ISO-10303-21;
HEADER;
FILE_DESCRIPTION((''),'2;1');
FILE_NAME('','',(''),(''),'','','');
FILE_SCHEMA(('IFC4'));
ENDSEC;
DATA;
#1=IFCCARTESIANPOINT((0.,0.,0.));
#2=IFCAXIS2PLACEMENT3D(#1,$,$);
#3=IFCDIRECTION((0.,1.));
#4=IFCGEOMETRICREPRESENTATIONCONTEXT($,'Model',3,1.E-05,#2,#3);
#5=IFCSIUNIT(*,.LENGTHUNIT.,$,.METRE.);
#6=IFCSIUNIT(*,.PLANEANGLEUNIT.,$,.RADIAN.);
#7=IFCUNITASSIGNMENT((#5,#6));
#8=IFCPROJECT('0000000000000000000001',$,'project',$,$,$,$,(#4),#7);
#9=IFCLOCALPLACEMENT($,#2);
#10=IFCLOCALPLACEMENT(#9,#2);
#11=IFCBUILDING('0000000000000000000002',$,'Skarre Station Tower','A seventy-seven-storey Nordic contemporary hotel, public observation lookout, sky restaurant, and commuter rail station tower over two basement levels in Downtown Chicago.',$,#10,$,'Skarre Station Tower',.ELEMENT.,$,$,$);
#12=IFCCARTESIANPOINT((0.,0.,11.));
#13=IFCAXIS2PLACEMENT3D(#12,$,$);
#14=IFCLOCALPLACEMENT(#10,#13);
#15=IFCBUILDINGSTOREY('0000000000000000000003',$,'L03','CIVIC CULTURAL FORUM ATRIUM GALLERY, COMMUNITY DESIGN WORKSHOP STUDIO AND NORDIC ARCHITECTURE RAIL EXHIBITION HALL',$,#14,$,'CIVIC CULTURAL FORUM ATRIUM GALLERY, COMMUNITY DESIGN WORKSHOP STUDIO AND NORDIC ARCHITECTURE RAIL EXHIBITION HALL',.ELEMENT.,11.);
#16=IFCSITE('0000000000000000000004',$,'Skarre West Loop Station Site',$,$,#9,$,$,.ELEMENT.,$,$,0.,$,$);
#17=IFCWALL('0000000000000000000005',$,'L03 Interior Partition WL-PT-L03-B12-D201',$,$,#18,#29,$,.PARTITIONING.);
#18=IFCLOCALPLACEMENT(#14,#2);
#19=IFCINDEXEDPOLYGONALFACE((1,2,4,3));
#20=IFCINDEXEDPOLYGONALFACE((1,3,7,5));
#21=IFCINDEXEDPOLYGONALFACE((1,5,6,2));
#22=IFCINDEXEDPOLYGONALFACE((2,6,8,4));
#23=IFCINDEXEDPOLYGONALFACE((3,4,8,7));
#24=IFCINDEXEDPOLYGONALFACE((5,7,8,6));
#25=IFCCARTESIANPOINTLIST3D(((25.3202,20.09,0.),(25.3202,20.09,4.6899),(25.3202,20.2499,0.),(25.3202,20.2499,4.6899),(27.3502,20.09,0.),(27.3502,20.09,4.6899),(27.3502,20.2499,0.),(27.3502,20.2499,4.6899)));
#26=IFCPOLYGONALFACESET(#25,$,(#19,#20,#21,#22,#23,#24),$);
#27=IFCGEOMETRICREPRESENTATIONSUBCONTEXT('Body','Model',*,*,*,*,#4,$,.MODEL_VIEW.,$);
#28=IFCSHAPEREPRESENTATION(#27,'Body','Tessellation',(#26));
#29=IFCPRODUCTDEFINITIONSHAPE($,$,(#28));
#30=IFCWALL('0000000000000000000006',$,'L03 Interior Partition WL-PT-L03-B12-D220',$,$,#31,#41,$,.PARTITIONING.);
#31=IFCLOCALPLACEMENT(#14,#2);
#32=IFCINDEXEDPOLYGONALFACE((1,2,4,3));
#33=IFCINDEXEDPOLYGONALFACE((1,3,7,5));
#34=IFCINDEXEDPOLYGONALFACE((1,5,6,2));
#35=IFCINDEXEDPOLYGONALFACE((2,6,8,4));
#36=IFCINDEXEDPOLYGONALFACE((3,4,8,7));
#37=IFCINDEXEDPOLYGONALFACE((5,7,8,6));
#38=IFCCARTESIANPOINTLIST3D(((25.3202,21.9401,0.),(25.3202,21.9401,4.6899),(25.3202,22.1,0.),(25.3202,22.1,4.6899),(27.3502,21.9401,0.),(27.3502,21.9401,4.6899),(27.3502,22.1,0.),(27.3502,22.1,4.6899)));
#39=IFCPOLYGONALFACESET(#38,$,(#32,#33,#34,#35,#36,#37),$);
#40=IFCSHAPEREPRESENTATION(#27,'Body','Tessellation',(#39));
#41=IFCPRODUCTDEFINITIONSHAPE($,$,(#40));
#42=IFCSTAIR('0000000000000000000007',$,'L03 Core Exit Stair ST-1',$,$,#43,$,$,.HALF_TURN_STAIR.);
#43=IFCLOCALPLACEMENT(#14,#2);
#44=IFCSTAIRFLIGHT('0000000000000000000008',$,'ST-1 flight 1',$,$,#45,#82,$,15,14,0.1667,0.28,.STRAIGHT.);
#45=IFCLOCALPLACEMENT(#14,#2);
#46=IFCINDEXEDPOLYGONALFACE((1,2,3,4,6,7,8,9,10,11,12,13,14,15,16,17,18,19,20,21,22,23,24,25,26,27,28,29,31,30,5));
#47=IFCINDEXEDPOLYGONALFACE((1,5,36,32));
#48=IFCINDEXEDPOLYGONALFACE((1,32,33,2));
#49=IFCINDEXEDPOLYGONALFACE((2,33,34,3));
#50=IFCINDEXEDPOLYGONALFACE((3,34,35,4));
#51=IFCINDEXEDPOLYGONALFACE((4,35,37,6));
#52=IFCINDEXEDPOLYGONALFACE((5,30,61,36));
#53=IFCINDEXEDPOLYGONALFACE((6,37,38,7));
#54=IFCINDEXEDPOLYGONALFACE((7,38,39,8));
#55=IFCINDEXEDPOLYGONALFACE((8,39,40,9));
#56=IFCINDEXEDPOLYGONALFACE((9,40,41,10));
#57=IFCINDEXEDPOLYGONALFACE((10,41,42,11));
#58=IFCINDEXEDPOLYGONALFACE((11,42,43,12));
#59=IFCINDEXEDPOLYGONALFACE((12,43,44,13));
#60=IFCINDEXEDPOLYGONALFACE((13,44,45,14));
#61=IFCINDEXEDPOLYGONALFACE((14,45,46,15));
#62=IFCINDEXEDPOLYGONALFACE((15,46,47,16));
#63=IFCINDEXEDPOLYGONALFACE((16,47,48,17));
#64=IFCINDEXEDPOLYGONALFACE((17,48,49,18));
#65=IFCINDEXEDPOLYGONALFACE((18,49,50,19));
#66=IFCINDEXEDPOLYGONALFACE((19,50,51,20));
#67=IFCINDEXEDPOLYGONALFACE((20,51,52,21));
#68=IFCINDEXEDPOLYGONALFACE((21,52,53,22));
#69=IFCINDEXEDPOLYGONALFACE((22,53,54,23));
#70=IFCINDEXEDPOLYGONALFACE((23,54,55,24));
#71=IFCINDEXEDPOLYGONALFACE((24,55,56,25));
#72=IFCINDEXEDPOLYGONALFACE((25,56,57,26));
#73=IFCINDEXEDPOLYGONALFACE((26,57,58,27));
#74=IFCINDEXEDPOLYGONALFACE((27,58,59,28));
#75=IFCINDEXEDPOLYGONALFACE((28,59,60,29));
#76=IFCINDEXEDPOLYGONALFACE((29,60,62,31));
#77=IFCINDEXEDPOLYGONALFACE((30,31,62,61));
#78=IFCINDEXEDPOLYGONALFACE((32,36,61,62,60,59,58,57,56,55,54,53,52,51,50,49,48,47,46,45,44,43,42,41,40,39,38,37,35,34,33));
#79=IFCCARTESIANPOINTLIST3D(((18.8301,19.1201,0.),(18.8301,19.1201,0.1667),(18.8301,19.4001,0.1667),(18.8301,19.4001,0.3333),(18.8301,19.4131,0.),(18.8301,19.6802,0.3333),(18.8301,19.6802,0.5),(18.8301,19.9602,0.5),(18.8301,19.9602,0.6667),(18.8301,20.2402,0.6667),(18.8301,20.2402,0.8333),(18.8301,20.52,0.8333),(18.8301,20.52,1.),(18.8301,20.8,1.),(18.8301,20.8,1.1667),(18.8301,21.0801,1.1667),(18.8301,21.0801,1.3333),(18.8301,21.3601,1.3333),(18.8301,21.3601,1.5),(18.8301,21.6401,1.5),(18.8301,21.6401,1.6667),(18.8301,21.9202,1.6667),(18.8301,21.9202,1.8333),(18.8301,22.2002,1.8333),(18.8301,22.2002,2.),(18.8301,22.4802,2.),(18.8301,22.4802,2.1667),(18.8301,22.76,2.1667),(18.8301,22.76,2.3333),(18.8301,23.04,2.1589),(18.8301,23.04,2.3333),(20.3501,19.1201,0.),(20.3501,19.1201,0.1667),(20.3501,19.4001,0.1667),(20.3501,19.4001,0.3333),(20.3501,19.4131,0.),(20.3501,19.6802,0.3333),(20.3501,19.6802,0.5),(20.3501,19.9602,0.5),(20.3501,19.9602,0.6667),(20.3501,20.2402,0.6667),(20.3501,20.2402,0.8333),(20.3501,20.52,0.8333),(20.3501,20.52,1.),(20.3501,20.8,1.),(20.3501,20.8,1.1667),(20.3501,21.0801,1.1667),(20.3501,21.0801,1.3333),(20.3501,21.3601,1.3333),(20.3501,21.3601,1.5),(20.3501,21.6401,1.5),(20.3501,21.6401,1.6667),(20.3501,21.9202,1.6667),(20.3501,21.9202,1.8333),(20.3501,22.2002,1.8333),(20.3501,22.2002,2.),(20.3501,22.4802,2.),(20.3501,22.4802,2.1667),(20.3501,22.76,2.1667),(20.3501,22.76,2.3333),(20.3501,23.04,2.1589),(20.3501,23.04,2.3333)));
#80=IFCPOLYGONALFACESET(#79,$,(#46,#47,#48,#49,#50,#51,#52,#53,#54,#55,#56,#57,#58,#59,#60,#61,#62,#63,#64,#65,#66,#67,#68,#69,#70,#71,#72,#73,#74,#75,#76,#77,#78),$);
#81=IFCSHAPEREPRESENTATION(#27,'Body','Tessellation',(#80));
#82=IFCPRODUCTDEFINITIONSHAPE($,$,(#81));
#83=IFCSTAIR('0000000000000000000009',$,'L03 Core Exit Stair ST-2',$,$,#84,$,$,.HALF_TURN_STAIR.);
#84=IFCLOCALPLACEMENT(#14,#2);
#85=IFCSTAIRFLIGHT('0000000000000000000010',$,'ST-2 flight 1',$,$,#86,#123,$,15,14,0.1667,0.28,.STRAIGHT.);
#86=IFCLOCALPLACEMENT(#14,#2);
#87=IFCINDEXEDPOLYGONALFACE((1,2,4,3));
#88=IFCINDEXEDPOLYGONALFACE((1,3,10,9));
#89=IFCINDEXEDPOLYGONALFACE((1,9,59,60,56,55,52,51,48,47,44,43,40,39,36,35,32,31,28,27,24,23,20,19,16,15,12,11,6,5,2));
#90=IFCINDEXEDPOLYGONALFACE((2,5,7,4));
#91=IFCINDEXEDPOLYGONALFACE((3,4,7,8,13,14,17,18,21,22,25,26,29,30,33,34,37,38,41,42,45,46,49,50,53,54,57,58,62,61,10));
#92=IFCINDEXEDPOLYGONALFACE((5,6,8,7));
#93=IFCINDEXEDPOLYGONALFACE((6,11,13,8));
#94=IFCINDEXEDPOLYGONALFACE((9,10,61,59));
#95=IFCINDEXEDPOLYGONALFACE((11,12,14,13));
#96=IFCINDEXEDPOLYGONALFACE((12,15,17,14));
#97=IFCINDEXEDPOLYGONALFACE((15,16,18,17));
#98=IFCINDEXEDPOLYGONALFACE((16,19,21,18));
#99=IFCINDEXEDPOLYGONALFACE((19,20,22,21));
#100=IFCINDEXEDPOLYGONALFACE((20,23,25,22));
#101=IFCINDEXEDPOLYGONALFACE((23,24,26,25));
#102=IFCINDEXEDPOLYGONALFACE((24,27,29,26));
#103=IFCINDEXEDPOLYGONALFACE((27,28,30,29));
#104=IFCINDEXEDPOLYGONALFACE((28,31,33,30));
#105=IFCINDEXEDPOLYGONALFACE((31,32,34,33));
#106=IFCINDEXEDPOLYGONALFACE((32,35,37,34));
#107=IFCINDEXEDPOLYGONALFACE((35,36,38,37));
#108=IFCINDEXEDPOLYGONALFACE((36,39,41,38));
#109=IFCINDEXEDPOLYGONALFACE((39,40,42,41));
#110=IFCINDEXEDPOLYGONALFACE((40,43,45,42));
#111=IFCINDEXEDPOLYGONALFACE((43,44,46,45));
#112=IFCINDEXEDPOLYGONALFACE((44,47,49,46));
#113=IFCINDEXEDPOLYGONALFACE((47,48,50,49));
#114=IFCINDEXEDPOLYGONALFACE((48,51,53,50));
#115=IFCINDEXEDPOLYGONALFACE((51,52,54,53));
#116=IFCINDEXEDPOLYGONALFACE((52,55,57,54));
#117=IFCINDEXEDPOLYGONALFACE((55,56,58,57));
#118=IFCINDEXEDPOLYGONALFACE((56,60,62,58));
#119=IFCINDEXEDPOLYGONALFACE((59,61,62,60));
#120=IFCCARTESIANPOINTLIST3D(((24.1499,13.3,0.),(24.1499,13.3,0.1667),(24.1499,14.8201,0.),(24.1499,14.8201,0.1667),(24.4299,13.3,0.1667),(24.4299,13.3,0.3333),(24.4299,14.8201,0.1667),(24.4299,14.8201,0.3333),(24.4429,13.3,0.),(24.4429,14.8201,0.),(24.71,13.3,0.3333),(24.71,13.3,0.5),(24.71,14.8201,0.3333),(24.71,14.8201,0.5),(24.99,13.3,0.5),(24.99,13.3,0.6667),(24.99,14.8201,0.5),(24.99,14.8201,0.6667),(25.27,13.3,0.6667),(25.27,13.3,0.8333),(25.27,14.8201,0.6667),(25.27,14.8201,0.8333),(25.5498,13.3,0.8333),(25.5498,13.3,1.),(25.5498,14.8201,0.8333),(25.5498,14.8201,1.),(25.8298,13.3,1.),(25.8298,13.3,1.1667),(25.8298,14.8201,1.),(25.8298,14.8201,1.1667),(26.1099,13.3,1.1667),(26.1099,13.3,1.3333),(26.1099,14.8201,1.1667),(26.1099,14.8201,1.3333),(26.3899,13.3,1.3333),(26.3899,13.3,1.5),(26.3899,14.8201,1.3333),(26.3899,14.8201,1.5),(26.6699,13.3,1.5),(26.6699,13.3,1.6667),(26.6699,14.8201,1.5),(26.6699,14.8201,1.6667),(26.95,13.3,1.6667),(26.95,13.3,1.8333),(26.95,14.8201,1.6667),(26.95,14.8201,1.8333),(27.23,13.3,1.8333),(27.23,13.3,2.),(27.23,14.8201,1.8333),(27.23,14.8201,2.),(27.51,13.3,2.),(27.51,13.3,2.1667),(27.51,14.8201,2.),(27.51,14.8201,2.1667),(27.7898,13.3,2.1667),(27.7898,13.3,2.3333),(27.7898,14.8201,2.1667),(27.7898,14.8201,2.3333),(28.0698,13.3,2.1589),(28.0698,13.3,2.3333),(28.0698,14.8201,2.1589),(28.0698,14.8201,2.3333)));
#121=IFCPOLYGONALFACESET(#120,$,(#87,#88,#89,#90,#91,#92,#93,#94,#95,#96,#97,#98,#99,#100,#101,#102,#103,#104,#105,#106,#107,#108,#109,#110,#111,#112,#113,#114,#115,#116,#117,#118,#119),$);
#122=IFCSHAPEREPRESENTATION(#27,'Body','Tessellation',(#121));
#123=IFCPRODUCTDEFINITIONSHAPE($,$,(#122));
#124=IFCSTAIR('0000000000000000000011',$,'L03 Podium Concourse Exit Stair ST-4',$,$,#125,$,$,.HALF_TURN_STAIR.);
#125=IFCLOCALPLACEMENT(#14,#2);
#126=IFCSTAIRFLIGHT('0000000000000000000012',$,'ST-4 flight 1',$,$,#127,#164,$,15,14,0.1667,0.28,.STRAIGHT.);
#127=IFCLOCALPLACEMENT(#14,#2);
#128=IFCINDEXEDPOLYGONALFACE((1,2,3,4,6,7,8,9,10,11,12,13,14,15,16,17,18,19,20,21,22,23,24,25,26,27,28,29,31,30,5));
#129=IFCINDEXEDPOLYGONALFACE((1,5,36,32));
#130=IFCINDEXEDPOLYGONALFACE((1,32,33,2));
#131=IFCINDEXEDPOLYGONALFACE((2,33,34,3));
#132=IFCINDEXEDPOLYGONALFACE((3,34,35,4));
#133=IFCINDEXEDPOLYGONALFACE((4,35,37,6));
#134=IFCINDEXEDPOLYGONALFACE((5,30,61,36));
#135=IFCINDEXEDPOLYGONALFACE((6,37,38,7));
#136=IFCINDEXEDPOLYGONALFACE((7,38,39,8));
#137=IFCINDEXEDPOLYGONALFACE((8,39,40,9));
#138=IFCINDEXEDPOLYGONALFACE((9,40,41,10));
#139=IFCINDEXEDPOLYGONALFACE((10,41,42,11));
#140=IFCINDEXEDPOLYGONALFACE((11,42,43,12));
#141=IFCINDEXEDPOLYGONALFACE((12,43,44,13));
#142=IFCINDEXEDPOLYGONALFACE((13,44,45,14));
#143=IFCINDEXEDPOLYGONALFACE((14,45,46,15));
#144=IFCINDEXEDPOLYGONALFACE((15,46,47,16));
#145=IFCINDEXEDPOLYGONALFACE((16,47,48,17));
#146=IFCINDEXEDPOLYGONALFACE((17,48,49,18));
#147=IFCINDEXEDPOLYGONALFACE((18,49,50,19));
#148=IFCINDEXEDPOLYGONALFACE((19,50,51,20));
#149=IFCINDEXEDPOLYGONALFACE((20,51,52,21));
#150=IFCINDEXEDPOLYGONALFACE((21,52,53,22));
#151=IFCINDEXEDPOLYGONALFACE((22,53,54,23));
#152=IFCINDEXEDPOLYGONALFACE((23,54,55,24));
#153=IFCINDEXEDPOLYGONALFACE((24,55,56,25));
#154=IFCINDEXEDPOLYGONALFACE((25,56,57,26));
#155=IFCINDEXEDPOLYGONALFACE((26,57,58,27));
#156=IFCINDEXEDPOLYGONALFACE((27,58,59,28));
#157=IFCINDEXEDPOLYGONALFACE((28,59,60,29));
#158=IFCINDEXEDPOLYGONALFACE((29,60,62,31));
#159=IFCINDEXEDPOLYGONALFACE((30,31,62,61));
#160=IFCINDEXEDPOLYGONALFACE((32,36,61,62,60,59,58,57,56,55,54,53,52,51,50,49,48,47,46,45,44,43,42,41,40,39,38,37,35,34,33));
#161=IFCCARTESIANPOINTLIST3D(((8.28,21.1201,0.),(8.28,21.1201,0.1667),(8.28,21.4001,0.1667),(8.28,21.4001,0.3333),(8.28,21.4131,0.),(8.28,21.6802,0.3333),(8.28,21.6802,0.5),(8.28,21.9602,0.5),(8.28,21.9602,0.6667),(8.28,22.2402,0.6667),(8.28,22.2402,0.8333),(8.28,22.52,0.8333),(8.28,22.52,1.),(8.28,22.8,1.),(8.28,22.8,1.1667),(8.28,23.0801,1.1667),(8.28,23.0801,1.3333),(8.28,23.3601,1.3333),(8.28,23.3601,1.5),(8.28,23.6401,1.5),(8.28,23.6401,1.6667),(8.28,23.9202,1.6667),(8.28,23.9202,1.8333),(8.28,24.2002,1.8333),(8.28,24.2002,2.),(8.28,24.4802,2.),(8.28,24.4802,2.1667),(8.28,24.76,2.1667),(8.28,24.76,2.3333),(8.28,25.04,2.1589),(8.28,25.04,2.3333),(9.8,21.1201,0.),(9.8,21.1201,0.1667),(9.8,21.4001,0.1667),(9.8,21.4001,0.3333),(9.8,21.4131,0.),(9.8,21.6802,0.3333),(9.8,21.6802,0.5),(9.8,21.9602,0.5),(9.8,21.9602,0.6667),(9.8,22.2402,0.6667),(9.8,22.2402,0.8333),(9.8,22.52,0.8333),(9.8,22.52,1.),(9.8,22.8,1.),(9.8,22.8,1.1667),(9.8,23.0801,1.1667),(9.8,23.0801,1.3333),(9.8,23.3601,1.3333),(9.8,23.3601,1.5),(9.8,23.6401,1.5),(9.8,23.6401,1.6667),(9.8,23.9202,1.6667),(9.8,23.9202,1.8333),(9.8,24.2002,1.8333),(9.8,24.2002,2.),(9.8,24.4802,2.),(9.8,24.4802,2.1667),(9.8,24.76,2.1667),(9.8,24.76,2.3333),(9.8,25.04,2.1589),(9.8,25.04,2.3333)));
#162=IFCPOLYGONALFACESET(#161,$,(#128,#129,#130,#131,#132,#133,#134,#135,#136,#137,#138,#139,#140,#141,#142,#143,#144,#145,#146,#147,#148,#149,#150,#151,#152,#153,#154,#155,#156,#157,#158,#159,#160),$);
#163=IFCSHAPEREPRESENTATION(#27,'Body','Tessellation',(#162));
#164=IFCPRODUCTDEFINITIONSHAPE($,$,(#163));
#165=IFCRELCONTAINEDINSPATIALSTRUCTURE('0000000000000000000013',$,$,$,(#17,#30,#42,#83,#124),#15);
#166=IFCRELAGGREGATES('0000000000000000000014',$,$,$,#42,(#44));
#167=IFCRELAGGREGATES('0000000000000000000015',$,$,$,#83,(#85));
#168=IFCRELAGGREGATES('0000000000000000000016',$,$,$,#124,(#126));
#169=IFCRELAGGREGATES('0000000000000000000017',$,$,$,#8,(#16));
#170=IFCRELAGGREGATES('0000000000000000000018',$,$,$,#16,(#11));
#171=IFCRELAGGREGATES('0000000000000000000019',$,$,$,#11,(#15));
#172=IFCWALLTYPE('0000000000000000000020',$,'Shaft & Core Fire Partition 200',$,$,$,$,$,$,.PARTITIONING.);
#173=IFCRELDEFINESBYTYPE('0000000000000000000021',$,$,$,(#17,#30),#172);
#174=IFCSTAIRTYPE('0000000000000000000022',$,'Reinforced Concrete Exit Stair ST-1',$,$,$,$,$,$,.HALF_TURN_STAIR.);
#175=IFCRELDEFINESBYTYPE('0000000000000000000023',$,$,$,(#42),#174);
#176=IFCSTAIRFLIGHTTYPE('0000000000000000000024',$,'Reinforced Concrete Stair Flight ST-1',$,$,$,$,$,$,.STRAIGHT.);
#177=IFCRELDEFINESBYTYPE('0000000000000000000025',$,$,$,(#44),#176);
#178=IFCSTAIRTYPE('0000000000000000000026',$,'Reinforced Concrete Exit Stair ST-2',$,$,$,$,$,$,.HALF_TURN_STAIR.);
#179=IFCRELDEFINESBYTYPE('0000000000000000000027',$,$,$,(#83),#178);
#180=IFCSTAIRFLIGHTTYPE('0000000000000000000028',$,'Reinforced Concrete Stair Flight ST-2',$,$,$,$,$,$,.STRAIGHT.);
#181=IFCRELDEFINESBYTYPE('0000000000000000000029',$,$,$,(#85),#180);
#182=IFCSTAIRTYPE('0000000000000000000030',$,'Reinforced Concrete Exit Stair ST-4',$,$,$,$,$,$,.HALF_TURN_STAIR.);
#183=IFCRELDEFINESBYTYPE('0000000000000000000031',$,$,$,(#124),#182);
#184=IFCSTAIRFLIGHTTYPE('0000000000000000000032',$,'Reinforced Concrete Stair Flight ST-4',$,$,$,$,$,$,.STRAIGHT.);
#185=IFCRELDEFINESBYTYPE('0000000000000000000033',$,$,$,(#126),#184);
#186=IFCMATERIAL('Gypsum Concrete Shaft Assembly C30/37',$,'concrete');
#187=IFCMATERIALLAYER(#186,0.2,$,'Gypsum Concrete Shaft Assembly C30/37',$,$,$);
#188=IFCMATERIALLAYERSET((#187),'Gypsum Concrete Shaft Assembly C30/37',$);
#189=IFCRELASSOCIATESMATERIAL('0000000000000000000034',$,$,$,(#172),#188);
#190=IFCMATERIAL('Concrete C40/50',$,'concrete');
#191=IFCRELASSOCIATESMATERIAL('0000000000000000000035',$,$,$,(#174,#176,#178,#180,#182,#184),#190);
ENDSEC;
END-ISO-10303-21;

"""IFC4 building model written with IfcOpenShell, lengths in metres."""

from ifc_helpers import new_model, si_unit, direction, frame, frame_2d, origin, place, context, subcontext, project, spatial, polyline, rectangle, outline, extrude, material, layer, layer_set, type_object, element, aggregate, save


model = new_model("IFC4")

# Units and contexts
model_context = context("Model", 3, precision=1e-05, world=origin(), true_north=direction((0.0, 1.0)))
body_context = subcontext(model_context, "Body", "Model", "MODEL_VIEW")
ifc_project = project(units=[si_unit("LENGTHUNIT", "METRE"), si_unit("PLANEANGLEUNIT", "RADIAN")], contexts=[model_context])

# Site, building, storey
site_placement = place(None, origin())
site = spatial("IfcSite", under=ifc_project, at=site_placement, Name="Skarre West Loop Station Site", CompositionType="ELEMENT", RefElevation=0.0)
building_placement = place(site_placement, origin())
building = spatial("IfcBuilding", under=site, at=building_placement, Name="Skarre Station Tower", Description="A seventy-seven-storey Nordic contemporary hotel, public observation lookout, sky restaurant, and commuter rail station tower over two basement levels in Downtown Chicago.", LongName="Skarre Station Tower", CompositionType="ELEMENT")
storey_placement = place(building_placement, frame((0.0, 0.0, 11.0)))
storey = spatial("IfcBuildingStorey", under=building, at=storey_placement, Name="L03", Description="CIVIC CULTURAL FORUM ATRIUM GALLERY, COMMUNITY DESIGN WORKSHOP STUDIO AND NORDIC ARCHITECTURE RAIL EXHIBITION HALL", LongName="CIVIC CULTURAL FORUM ATRIUM GALLERY, COMMUNITY DESIGN WORKSHOP STUDIO AND NORDIC ARCHITECTURE RAIL EXHIBITION HALL", CompositionType="ELEMENT", Elevation=11.0)

# Walls
ifc_material_1 = material(Name="Gypsum Concrete Shaft Assembly C30/37", Category="concrete")
ifc_layer_1 = layer(ifc_material_1, 0.2, Name="Gypsum Concrete Shaft Assembly C30/37")
ifc_layer_set_1 = layer_set([ifc_layer_1], Name="Gypsum Concrete Shaft Assembly C30/37")
wall_type_1 = type_object("IfcWallType", Name="Shaft & Core Fire Partition 200", PredefinedType="PARTITIONING", material=ifc_layer_set_1)
for number, where, z_axis, x_axis, name in (
    (1, (25.3201, 20.1699, 0.0), (0.0, 0.0, 1.0), (1.0, 0.0, 0.0), "L03 Interior Partition WL-PT-L03-B12-D201"),
    (2, (25.3201, 22.02, 0.0), (0.0, 0.0, 1.0), (1.0, 0.0, 0.0), "L03 Interior Partition WL-PT-L03-B12-D220"),
):
    element("IfcWall", number, at=place(storey_placement, frame(where, z_axis=z_axis, x_axis=x_axis)), inside=storey, type_object=wall_type_1, Name=name, PredefinedType="PARTITIONING", context=body_context, shape_type="SweptSolid", body=[
        extrude(rectangle(XDim=2.03, YDim=0.1599, at=frame_2d((1.0151, 0.0))), origin(), (0.0, 0.0, 1.0), 4.6899),
    ])

# Stairs, stair flights
ifc_material_2 = material(Name="Concrete C40/50", Category="concrete")
stair_type_1 = type_object("IfcStairType", Name="Reinforced Concrete Exit Stair ST-1", PredefinedType="HALF_TURN_STAIR", material=ifc_material_2)
stair_1_placement = place(storey_placement, origin())
stair_1 = element("IfcStair", 3, at=stair_1_placement, inside=storey, type_object=stair_type_1, Name="L03 Core Exit Stair ST-1", PredefinedType="HALF_TURN_STAIR")
stair_flight_type_1 = type_object("IfcStairFlightType", Name="Reinforced Concrete Stair Flight ST-1", PredefinedType="STRAIGHT", material=ifc_material_2)
stair_flight_1_placement = place(storey_placement, frame((19.5901, 19.1201, 0.0), z_axis=(0.0, 0.0, 1.0), x_axis=(0.0, 1.0, 0.0)))
stair_flight_1 = element("IfcStairFlight", 4, at=stair_flight_1_placement, type_object=stair_flight_type_1, Name="ST-1 flight 1", NumberOfRisers=15, NumberOfTreads=14, PredefinedType="STRAIGHT", RiserHeight=0.1667, TreadLength=0.28, context=body_context, shape_type="SweptSolid", body=[
    extrude(outline(polyline([(0.0, 0.0), (0.0, 0.1667), (0.28, 0.1667), (0.28, 0.3333), (0.5601, 0.3333), (0.5601, 0.5), (0.8401, 0.5), (0.8401, 0.6667), (1.1201, 0.6667), (1.1201, 0.8333), (1.3999, 0.8333), (1.3999, 1.0), (1.6799, 1.0), (1.6799, 1.1667), (1.96, 1.1667), (1.96, 1.3333), (2.24, 1.3333), (2.24, 1.5), (2.52, 1.5), (2.52, 1.6667), (2.8, 1.6667), (2.8, 1.8333), (3.0801, 1.8333), (3.0801, 2.0), (3.3601, 2.0), (3.3601, 2.1667), (3.6399, 2.1667), (3.6399, 2.3333), (3.9199, 2.3333), (3.9199, 2.5), (3.9199, 2.1589), (0.293, 0.0), (0.0, 0.0)])), frame((0.0, 0.76, 0.0), z_axis=(0.0, -1.0, 0.0), x_axis=(1.0, 0.0, 0.0)), (0.0, 0.0, 1.0), 1.52),
])
aggregate(stair_1, [stair_flight_1])
stair_type_2 = type_object("IfcStairType", Name="Reinforced Concrete Exit Stair ST-2", PredefinedType="HALF_TURN_STAIR", material=ifc_material_2)
stair_2_placement = place(storey_placement, origin())
stair_2 = element("IfcStair", 5, at=stair_2_placement, inside=storey, type_object=stair_type_2, Name="L03 Core Exit Stair ST-2", PredefinedType="HALF_TURN_STAIR")
stair_flight_type_2 = type_object("IfcStairFlightType", Name="Reinforced Concrete Stair Flight ST-2", PredefinedType="STRAIGHT", material=ifc_material_2)
stair_flight_2_placement = place(storey_placement, frame((24.1499, 14.0601, 0.0), z_axis=(0.0, 0.0, 1.0), x_axis=(1.0, 0.0, 0.0)))
stair_flight_2 = element("IfcStairFlight", 6, at=stair_flight_2_placement, type_object=stair_flight_type_2, Name="ST-2 flight 1", NumberOfRisers=15, NumberOfTreads=14, PredefinedType="STRAIGHT", RiserHeight=0.1667, TreadLength=0.28, context=body_context, shape_type="SweptSolid", body=[
    extrude(outline(polyline([(0.0, 0.0), (0.0, 0.1667), (0.28, 0.1667), (0.28, 0.3333), (0.5601, 0.3333), (0.5601, 0.5), (0.8401, 0.5), (0.8401, 0.6667), (1.1201, 0.6667), (1.1201, 0.8333), (1.3999, 0.8333), (1.3999, 1.0), (1.6799, 1.0), (1.6799, 1.1667), (1.96, 1.1667), (1.96, 1.3333), (2.24, 1.3333), (2.24, 1.5), (2.52, 1.5), (2.52, 1.6667), (2.8, 1.6667), (2.8, 1.8333), (3.0801, 1.8333), (3.0801, 2.0), (3.3601, 2.0), (3.3601, 2.1667), (3.6399, 2.1667), (3.6399, 2.3333), (3.9199, 2.3333), (3.9199, 2.5), (3.9199, 2.1589), (0.293, 0.0), (0.0, 0.0)])), frame((0.0, 0.76, 0.0), z_axis=(0.0, -1.0, 0.0), x_axis=(1.0, 0.0, 0.0)), (0.0, 0.0, 1.0), 1.52),
])
aggregate(stair_2, [stair_flight_2])
stair_type_3 = type_object("IfcStairType", Name="Reinforced Concrete Exit Stair ST-4", PredefinedType="HALF_TURN_STAIR", material=ifc_material_2)
stair_3_placement = place(storey_placement, origin())
stair_3 = element("IfcStair", 7, at=stair_3_placement, inside=storey, type_object=stair_type_3, Name="L03 Podium Concourse Exit Stair ST-4", PredefinedType="HALF_TURN_STAIR")
stair_flight_type_3 = type_object("IfcStairFlightType", Name="Reinforced Concrete Stair Flight ST-4", PredefinedType="STRAIGHT", material=ifc_material_2)
stair_flight_3_placement = place(storey_placement, frame((9.04, 21.1201, 0.0), z_axis=(0.0, 0.0, 1.0), x_axis=(0.0, 1.0, 0.0)))
stair_flight_3 = element("IfcStairFlight", 8, at=stair_flight_3_placement, type_object=stair_flight_type_3, Name="ST-4 flight 1", NumberOfRisers=15, NumberOfTreads=14, PredefinedType="STRAIGHT", RiserHeight=0.1667, TreadLength=0.28, context=body_context, shape_type="SweptSolid", body=[
    extrude(outline(polyline([(0.0, 0.0), (0.0, 0.1667), (0.28, 0.1667), (0.28, 0.3333), (0.5601, 0.3333), (0.5601, 0.5), (0.8401, 0.5), (0.8401, 0.6667), (1.1201, 0.6667), (1.1201, 0.8333), (1.3999, 0.8333), (1.3999, 1.0), (1.6799, 1.0), (1.6799, 1.1667), (1.96, 1.1667), (1.96, 1.3333), (2.24, 1.3333), (2.24, 1.5), (2.52, 1.5), (2.52, 1.6667), (2.8, 1.6667), (2.8, 1.8333), (3.0801, 1.8333), (3.0801, 2.0), (3.3601, 2.0), (3.3601, 2.1667), (3.6399, 2.1667), (3.6399, 2.3333), (3.9199, 2.3333), (3.9199, 2.5), (3.9199, 2.1589), (0.293, 0.0), (0.0, 0.0)])), frame((0.0, 0.76, 0.0), z_axis=(0.0, -1.0, 0.0), x_axis=(1.0, 0.0, 0.0)), (0.0, 0.0, 1.0), 1.52),
])
aggregate(stair_3, [stair_flight_3])

save(model, "model.ifc")
